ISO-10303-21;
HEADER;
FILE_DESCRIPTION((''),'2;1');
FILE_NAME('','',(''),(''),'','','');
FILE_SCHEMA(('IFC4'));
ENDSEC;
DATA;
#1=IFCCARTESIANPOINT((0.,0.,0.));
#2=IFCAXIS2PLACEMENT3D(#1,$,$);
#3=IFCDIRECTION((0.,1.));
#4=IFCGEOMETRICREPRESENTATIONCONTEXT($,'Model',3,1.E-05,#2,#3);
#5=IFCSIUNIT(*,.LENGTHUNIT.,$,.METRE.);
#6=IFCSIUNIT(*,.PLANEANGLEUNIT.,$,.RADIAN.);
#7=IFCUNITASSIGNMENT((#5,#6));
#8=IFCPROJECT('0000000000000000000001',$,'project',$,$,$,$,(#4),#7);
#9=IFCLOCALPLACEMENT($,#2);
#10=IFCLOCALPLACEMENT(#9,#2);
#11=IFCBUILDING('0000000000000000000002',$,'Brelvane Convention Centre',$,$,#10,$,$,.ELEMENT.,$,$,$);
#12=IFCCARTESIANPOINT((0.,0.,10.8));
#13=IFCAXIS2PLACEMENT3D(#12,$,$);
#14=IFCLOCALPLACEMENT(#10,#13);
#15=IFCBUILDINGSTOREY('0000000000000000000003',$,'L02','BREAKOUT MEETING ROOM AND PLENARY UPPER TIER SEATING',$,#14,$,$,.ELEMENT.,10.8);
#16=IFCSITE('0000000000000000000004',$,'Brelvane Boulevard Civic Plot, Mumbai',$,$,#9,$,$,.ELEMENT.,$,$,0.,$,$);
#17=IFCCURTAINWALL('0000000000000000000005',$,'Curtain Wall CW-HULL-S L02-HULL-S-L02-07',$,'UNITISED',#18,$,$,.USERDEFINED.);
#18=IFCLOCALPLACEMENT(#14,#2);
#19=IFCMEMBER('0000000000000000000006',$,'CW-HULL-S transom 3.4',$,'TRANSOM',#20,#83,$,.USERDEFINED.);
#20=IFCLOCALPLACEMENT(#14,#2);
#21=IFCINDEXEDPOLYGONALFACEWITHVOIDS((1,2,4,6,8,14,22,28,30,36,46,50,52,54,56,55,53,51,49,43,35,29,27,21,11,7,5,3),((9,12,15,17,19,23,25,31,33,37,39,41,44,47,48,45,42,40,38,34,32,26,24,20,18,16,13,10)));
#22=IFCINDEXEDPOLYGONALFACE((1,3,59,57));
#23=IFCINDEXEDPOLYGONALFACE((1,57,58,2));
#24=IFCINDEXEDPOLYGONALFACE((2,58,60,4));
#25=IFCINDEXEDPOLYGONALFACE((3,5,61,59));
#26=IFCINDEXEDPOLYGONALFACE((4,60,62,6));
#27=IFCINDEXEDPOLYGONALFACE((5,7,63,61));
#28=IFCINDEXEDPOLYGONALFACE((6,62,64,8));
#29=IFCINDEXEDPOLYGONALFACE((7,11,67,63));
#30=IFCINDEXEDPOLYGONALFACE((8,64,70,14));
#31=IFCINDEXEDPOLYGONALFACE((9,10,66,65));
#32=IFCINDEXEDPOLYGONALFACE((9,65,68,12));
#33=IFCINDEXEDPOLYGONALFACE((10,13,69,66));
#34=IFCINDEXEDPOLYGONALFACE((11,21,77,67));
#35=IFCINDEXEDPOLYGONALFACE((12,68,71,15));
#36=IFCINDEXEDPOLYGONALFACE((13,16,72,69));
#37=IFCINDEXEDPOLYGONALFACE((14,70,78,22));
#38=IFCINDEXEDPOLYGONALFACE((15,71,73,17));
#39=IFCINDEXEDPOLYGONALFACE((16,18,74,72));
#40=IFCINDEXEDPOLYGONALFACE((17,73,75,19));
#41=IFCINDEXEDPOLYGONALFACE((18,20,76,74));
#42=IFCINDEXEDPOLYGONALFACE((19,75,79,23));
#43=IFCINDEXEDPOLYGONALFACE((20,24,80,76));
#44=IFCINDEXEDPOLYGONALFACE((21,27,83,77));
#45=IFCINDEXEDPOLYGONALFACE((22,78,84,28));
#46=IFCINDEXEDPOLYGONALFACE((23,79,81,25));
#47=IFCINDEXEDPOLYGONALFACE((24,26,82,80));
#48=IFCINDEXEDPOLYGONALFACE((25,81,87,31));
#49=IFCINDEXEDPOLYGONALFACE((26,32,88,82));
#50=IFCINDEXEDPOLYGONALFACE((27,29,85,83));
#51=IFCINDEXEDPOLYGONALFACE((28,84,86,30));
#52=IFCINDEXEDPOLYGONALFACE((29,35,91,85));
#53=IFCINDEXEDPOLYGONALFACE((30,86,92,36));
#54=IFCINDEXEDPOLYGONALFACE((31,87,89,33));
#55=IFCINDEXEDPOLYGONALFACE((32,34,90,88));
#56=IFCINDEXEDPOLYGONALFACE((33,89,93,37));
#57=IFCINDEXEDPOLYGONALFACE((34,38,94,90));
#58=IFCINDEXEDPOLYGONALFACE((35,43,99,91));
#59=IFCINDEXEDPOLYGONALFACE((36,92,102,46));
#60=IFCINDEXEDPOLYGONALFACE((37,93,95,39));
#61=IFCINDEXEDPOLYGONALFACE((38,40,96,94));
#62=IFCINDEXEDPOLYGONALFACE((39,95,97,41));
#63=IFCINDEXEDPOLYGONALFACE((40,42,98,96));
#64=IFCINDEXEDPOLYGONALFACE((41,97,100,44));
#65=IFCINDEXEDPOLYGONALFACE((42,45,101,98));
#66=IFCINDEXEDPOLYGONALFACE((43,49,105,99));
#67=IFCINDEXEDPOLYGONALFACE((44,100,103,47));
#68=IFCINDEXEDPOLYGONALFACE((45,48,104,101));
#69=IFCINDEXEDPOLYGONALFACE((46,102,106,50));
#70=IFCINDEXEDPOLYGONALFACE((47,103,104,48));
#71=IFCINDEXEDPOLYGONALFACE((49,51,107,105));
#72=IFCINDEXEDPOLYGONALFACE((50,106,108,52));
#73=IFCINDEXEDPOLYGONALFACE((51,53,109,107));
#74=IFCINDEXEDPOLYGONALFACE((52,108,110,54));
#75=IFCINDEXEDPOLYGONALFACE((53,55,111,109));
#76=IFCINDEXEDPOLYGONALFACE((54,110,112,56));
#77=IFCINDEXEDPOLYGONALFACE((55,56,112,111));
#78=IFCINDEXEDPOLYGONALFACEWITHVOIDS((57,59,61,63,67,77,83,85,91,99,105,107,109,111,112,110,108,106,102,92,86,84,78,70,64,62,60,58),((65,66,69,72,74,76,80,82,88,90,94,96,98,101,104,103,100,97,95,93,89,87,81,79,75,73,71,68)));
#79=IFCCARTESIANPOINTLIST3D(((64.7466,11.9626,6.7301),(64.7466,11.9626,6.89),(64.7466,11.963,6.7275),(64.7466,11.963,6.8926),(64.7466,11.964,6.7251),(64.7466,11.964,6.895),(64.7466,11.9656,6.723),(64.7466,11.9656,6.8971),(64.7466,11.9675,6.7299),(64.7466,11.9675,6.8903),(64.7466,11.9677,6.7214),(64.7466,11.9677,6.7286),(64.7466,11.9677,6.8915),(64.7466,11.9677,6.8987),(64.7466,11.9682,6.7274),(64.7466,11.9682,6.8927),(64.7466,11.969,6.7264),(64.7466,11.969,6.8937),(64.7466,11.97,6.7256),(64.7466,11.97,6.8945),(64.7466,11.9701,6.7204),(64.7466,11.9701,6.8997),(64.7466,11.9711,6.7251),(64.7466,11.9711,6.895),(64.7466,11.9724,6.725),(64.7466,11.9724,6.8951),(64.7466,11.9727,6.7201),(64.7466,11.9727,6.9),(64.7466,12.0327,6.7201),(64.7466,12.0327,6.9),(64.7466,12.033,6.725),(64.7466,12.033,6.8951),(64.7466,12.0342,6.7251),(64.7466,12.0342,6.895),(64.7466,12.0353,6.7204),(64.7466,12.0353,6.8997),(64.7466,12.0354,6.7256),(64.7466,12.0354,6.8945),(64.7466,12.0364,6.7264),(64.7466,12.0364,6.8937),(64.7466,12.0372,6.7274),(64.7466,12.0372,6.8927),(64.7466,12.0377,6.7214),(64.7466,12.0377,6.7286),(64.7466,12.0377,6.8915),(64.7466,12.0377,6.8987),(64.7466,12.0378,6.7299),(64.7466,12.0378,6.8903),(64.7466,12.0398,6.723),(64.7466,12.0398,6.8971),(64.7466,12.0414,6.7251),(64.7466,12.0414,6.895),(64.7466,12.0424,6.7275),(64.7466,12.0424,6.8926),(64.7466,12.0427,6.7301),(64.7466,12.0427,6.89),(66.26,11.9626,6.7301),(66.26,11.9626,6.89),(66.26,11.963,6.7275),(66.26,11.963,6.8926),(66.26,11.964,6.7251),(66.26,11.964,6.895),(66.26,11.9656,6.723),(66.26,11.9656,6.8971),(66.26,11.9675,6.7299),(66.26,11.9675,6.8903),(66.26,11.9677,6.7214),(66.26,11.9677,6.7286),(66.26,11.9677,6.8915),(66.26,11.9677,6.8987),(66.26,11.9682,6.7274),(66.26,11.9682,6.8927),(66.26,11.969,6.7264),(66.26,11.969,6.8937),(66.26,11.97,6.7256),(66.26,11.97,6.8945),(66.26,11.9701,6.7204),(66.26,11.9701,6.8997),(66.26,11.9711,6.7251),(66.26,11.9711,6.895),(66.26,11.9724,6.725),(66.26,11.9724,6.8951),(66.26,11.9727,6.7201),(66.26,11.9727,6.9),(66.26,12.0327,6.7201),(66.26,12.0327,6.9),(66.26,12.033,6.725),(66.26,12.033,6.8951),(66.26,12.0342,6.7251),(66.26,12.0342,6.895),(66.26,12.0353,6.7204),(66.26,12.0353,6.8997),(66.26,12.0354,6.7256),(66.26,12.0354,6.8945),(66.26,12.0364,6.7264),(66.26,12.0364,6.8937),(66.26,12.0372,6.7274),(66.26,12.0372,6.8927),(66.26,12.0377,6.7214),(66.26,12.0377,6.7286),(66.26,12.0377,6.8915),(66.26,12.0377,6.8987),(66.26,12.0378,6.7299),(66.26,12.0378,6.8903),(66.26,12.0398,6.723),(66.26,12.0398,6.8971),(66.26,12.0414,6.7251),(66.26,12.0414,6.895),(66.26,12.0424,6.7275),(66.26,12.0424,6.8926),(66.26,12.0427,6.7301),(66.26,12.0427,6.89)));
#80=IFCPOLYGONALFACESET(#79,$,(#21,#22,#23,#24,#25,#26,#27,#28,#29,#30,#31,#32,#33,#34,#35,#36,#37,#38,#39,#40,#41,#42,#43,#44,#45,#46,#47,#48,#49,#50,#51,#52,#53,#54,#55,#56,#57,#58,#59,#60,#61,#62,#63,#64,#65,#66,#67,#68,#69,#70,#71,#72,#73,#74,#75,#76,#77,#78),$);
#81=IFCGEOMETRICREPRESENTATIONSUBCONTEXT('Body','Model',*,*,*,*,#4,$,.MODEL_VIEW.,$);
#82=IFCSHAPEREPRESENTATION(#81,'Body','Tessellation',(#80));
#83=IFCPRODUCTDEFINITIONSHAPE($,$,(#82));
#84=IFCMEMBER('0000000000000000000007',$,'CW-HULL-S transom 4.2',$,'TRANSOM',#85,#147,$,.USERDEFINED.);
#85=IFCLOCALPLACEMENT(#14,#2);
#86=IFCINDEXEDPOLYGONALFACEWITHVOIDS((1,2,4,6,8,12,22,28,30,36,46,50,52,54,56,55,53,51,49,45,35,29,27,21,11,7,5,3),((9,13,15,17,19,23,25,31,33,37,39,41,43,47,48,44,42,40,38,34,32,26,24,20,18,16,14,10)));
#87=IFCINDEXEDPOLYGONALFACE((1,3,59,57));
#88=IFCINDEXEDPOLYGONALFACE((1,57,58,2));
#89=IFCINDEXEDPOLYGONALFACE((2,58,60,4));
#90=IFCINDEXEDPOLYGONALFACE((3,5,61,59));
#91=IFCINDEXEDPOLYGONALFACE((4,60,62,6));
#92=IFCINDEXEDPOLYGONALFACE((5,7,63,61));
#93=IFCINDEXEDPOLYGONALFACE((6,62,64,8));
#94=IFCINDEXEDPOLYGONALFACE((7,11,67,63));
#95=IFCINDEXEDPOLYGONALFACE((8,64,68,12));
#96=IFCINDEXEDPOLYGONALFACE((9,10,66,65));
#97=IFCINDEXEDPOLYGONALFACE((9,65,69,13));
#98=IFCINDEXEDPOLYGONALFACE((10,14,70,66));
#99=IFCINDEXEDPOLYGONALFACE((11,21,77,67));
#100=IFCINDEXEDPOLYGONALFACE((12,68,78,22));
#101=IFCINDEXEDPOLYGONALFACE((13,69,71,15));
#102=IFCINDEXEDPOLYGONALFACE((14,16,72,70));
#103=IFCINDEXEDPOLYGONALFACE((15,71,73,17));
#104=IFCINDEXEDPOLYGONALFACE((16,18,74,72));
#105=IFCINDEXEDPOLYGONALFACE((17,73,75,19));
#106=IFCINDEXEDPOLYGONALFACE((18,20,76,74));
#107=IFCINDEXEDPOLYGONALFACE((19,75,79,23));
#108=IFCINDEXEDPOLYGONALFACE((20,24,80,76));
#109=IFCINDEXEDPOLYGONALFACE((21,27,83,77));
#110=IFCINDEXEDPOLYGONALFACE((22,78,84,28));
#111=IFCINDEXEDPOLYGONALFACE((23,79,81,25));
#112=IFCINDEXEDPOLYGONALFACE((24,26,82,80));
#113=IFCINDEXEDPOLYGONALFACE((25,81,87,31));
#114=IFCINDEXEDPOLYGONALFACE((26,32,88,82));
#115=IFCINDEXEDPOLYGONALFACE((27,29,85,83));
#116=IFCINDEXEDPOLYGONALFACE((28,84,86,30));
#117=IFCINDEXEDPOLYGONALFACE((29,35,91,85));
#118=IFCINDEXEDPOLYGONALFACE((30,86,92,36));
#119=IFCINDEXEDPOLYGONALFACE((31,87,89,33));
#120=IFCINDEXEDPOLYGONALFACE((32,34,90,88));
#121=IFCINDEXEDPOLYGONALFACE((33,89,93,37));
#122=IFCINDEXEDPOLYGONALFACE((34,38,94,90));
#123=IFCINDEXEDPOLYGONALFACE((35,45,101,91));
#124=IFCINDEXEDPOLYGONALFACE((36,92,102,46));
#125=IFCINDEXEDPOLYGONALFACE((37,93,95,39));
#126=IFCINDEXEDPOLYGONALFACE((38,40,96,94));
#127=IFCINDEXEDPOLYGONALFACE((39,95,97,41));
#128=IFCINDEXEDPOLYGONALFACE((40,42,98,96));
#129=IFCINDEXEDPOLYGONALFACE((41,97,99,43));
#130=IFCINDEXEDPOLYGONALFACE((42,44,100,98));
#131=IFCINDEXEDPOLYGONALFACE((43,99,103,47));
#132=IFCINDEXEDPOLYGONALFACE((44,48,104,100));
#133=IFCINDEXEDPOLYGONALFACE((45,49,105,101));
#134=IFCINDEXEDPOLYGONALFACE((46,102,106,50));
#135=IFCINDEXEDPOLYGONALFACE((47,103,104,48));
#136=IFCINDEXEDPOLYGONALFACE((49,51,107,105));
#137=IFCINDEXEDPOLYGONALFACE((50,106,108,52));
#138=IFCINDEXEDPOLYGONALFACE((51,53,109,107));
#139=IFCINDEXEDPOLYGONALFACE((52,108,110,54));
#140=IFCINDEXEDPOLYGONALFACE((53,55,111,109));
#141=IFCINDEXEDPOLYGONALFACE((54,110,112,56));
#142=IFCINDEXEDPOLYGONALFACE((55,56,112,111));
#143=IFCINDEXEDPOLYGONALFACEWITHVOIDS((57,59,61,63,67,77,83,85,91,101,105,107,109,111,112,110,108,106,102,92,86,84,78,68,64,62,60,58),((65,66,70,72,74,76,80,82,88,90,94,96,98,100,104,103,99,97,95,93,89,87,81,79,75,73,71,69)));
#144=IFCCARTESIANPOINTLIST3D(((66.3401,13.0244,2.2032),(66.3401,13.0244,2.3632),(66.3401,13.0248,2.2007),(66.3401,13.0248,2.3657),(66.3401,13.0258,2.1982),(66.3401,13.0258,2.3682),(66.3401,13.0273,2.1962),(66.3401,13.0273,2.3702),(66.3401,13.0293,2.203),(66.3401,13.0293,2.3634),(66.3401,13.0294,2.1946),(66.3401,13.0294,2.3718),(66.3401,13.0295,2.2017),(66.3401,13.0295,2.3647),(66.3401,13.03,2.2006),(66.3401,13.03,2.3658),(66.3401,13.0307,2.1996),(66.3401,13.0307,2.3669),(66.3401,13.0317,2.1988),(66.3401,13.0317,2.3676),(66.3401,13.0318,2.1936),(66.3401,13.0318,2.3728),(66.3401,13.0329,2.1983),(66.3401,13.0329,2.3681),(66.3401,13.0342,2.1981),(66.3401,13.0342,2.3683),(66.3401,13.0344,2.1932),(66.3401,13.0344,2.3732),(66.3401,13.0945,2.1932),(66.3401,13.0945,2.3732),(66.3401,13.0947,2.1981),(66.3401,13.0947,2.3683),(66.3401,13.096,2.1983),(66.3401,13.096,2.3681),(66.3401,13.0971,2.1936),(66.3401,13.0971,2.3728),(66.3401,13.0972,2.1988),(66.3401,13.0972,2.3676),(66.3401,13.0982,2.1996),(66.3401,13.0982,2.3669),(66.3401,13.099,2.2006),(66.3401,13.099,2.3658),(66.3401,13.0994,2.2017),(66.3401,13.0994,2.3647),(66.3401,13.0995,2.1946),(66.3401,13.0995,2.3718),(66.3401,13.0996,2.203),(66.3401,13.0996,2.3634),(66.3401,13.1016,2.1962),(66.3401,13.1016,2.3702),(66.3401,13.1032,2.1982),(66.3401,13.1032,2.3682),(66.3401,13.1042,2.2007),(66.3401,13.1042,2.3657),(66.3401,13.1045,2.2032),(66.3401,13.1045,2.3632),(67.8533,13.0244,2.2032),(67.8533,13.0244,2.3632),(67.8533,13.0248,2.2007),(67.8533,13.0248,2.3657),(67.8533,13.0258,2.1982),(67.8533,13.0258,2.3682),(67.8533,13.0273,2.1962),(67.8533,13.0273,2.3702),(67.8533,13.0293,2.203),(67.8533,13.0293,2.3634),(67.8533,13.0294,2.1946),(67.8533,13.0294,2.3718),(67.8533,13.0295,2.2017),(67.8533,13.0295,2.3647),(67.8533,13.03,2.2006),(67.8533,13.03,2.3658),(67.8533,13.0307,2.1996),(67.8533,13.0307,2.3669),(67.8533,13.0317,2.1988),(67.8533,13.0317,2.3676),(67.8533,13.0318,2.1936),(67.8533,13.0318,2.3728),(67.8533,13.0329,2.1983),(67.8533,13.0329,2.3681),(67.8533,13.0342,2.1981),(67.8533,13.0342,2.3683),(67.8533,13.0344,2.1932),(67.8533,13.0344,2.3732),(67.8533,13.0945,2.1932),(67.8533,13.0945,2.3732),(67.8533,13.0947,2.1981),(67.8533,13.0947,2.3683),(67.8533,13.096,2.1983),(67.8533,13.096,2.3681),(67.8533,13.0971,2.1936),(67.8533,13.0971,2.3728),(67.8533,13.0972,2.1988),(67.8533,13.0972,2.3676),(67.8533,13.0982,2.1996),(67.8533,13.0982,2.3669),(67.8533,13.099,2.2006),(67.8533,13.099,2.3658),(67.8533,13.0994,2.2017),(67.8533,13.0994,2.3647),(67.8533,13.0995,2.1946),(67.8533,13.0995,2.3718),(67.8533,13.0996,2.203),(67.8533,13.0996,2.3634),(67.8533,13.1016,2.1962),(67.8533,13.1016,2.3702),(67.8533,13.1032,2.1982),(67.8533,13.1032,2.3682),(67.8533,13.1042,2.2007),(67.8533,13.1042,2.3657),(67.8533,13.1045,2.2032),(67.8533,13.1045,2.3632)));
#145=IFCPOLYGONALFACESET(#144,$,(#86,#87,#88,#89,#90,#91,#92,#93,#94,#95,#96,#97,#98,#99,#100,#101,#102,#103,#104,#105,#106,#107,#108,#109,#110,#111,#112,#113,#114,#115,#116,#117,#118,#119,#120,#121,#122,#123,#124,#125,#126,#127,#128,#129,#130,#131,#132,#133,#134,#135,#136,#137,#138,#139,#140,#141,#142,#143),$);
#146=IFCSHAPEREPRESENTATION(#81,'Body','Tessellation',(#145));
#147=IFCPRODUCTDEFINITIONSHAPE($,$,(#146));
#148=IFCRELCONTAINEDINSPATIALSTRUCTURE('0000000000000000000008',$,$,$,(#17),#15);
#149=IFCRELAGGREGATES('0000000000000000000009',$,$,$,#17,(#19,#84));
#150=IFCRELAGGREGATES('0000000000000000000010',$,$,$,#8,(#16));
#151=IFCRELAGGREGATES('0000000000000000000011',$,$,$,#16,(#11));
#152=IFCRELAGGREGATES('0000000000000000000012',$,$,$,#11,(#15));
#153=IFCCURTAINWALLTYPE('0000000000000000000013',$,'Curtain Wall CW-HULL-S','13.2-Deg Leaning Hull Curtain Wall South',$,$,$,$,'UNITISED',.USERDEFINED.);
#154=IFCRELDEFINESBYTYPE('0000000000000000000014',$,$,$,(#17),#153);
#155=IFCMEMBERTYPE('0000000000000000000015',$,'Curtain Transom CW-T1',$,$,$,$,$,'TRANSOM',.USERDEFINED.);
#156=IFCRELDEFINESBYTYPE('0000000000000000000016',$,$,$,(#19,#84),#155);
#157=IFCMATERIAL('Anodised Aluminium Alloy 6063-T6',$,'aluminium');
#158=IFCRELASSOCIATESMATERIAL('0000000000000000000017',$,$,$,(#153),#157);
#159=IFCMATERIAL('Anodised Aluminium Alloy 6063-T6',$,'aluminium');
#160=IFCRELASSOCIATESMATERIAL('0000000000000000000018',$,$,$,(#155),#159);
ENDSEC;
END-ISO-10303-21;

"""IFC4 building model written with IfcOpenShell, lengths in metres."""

from ifc_helpers import new_model, si_unit, direction, frame, origin, origin_2d, place, context, subcontext, project, spatial, hollow_rectangle, extrude, material, material_profile, profile_set, type_object, element, aggregate, save


model = new_model("IFC4")

# Units and contexts
model_context = context("Model", 3, precision=1e-05, world=origin(), true_north=direction((0.0, 1.0)))
body_context = subcontext(model_context, "Body", "Model", "MODEL_VIEW")
ifc_project = project(units=[si_unit("LENGTHUNIT", "METRE"), si_unit("PLANEANGLEUNIT", "RADIAN")], contexts=[model_context])

# Site, building, storey
site_placement = place(None, origin())
site = spatial("IfcSite", under=ifc_project, at=site_placement, Name="Brelvane Boulevard Civic Plot, Mumbai", CompositionType="ELEMENT", RefElevation=0.0)
building_placement = place(site_placement, origin())
building = spatial("IfcBuilding", under=site, at=building_placement, Name="Brelvane Convention Centre", CompositionType="ELEMENT")
storey_placement = place(building_placement, frame((0.0, 0.0, 10.8)))
storey = spatial("IfcBuildingStorey", under=building, at=storey_placement, Name="L02", Description="BREAKOUT MEETING ROOM AND PLENARY UPPER TIER SEATING", CompositionType="ELEMENT", Elevation=10.8)

# Curtain wall, members
ifc_material_1 = material(Name="Anodised Aluminium Alloy 6063-T6", Category="aluminium")
curtain_wall_type = type_object("IfcCurtainWallType", Name="Curtain Wall CW-HULL-S", Description="13.2-Deg Leaning Hull Curtain Wall South", ElementType="UNITISED", PredefinedType="USERDEFINED", material=ifc_material_1)
curtain_wall_1_placement = place(storey_placement, origin())
curtain_wall_1 = element("IfcCurtainWall", 1, at=curtain_wall_1_placement, inside=storey, type_object=curtain_wall_type, Name="Curtain Wall CW-HULL-S L02-HULL-S-L02-07", ObjectType="UNITISED", PredefinedType="USERDEFINED")
ifc_material_2 = material(Name="Anodised Aluminium Alloy 6063-T6", Category="aluminium")
ifc_material_profile = material_profile(ifc_material_2, hollow_rectangle(XDim=0.0801, YDim=0.1799, WallThickness=0.0049, InnerFilletRadius=0.0049, OuterFilletRadius=0.01, at=origin_2d()), Name="ALU-T 180x80x5.0")
ifc_profile_set = profile_set([ifc_material_profile], Name="Anodised Aluminium Alloy 6063-T6")
member_type = type_object("IfcMemberType", Name="Curtain Transom CW-T1", ElementType="TRANSOM", PredefinedType="USERDEFINED", material=ifc_profile_set)
member_1_placement = place(storey_placement, frame((64.7466, 12.0027, 6.8101), z_axis=(1.0, 0.0, 0.0), x_axis=(0.0, 1.0, 0.0)))
member_1 = element("IfcMember", 2, at=member_1_placement, type_object=member_type, Name="CW-HULL-S transom 3.4", ObjectType="TRANSOM", PredefinedType="USERDEFINED", context=body_context, shape_type="SweptSolid", body=[
    extrude(hollow_rectangle(XDim=0.0801, YDim=0.1799, WallThickness=0.0049, InnerFilletRadius=0.0049, OuterFilletRadius=0.01, at=origin_2d()), origin(), (0.0, 0.0, 1.0), 1.5134),
])
member_2_placement = place(storey_placement, frame((66.3401, 13.0645, 2.2832), z_axis=(1.0, 0.0, 0.0), x_axis=(0.0, 1.0, 0.0)))
member_2 = element("IfcMember", 3, at=member_2_placement, type_object=member_type, Name="CW-HULL-S transom 4.2", ObjectType="TRANSOM", PredefinedType="USERDEFINED", context=body_context, shape_type="SweptSolid", body=[
    extrude(hollow_rectangle(XDim=0.0801, YDim=0.1799, WallThickness=0.0049, InnerFilletRadius=0.0049, OuterFilletRadius=0.01, at=origin_2d()), origin(), (0.0, 0.0, 1.0), 1.5132),
])

aggregate(curtain_wall_1, [member_1, member_2])

save(model, "model.ifc")
